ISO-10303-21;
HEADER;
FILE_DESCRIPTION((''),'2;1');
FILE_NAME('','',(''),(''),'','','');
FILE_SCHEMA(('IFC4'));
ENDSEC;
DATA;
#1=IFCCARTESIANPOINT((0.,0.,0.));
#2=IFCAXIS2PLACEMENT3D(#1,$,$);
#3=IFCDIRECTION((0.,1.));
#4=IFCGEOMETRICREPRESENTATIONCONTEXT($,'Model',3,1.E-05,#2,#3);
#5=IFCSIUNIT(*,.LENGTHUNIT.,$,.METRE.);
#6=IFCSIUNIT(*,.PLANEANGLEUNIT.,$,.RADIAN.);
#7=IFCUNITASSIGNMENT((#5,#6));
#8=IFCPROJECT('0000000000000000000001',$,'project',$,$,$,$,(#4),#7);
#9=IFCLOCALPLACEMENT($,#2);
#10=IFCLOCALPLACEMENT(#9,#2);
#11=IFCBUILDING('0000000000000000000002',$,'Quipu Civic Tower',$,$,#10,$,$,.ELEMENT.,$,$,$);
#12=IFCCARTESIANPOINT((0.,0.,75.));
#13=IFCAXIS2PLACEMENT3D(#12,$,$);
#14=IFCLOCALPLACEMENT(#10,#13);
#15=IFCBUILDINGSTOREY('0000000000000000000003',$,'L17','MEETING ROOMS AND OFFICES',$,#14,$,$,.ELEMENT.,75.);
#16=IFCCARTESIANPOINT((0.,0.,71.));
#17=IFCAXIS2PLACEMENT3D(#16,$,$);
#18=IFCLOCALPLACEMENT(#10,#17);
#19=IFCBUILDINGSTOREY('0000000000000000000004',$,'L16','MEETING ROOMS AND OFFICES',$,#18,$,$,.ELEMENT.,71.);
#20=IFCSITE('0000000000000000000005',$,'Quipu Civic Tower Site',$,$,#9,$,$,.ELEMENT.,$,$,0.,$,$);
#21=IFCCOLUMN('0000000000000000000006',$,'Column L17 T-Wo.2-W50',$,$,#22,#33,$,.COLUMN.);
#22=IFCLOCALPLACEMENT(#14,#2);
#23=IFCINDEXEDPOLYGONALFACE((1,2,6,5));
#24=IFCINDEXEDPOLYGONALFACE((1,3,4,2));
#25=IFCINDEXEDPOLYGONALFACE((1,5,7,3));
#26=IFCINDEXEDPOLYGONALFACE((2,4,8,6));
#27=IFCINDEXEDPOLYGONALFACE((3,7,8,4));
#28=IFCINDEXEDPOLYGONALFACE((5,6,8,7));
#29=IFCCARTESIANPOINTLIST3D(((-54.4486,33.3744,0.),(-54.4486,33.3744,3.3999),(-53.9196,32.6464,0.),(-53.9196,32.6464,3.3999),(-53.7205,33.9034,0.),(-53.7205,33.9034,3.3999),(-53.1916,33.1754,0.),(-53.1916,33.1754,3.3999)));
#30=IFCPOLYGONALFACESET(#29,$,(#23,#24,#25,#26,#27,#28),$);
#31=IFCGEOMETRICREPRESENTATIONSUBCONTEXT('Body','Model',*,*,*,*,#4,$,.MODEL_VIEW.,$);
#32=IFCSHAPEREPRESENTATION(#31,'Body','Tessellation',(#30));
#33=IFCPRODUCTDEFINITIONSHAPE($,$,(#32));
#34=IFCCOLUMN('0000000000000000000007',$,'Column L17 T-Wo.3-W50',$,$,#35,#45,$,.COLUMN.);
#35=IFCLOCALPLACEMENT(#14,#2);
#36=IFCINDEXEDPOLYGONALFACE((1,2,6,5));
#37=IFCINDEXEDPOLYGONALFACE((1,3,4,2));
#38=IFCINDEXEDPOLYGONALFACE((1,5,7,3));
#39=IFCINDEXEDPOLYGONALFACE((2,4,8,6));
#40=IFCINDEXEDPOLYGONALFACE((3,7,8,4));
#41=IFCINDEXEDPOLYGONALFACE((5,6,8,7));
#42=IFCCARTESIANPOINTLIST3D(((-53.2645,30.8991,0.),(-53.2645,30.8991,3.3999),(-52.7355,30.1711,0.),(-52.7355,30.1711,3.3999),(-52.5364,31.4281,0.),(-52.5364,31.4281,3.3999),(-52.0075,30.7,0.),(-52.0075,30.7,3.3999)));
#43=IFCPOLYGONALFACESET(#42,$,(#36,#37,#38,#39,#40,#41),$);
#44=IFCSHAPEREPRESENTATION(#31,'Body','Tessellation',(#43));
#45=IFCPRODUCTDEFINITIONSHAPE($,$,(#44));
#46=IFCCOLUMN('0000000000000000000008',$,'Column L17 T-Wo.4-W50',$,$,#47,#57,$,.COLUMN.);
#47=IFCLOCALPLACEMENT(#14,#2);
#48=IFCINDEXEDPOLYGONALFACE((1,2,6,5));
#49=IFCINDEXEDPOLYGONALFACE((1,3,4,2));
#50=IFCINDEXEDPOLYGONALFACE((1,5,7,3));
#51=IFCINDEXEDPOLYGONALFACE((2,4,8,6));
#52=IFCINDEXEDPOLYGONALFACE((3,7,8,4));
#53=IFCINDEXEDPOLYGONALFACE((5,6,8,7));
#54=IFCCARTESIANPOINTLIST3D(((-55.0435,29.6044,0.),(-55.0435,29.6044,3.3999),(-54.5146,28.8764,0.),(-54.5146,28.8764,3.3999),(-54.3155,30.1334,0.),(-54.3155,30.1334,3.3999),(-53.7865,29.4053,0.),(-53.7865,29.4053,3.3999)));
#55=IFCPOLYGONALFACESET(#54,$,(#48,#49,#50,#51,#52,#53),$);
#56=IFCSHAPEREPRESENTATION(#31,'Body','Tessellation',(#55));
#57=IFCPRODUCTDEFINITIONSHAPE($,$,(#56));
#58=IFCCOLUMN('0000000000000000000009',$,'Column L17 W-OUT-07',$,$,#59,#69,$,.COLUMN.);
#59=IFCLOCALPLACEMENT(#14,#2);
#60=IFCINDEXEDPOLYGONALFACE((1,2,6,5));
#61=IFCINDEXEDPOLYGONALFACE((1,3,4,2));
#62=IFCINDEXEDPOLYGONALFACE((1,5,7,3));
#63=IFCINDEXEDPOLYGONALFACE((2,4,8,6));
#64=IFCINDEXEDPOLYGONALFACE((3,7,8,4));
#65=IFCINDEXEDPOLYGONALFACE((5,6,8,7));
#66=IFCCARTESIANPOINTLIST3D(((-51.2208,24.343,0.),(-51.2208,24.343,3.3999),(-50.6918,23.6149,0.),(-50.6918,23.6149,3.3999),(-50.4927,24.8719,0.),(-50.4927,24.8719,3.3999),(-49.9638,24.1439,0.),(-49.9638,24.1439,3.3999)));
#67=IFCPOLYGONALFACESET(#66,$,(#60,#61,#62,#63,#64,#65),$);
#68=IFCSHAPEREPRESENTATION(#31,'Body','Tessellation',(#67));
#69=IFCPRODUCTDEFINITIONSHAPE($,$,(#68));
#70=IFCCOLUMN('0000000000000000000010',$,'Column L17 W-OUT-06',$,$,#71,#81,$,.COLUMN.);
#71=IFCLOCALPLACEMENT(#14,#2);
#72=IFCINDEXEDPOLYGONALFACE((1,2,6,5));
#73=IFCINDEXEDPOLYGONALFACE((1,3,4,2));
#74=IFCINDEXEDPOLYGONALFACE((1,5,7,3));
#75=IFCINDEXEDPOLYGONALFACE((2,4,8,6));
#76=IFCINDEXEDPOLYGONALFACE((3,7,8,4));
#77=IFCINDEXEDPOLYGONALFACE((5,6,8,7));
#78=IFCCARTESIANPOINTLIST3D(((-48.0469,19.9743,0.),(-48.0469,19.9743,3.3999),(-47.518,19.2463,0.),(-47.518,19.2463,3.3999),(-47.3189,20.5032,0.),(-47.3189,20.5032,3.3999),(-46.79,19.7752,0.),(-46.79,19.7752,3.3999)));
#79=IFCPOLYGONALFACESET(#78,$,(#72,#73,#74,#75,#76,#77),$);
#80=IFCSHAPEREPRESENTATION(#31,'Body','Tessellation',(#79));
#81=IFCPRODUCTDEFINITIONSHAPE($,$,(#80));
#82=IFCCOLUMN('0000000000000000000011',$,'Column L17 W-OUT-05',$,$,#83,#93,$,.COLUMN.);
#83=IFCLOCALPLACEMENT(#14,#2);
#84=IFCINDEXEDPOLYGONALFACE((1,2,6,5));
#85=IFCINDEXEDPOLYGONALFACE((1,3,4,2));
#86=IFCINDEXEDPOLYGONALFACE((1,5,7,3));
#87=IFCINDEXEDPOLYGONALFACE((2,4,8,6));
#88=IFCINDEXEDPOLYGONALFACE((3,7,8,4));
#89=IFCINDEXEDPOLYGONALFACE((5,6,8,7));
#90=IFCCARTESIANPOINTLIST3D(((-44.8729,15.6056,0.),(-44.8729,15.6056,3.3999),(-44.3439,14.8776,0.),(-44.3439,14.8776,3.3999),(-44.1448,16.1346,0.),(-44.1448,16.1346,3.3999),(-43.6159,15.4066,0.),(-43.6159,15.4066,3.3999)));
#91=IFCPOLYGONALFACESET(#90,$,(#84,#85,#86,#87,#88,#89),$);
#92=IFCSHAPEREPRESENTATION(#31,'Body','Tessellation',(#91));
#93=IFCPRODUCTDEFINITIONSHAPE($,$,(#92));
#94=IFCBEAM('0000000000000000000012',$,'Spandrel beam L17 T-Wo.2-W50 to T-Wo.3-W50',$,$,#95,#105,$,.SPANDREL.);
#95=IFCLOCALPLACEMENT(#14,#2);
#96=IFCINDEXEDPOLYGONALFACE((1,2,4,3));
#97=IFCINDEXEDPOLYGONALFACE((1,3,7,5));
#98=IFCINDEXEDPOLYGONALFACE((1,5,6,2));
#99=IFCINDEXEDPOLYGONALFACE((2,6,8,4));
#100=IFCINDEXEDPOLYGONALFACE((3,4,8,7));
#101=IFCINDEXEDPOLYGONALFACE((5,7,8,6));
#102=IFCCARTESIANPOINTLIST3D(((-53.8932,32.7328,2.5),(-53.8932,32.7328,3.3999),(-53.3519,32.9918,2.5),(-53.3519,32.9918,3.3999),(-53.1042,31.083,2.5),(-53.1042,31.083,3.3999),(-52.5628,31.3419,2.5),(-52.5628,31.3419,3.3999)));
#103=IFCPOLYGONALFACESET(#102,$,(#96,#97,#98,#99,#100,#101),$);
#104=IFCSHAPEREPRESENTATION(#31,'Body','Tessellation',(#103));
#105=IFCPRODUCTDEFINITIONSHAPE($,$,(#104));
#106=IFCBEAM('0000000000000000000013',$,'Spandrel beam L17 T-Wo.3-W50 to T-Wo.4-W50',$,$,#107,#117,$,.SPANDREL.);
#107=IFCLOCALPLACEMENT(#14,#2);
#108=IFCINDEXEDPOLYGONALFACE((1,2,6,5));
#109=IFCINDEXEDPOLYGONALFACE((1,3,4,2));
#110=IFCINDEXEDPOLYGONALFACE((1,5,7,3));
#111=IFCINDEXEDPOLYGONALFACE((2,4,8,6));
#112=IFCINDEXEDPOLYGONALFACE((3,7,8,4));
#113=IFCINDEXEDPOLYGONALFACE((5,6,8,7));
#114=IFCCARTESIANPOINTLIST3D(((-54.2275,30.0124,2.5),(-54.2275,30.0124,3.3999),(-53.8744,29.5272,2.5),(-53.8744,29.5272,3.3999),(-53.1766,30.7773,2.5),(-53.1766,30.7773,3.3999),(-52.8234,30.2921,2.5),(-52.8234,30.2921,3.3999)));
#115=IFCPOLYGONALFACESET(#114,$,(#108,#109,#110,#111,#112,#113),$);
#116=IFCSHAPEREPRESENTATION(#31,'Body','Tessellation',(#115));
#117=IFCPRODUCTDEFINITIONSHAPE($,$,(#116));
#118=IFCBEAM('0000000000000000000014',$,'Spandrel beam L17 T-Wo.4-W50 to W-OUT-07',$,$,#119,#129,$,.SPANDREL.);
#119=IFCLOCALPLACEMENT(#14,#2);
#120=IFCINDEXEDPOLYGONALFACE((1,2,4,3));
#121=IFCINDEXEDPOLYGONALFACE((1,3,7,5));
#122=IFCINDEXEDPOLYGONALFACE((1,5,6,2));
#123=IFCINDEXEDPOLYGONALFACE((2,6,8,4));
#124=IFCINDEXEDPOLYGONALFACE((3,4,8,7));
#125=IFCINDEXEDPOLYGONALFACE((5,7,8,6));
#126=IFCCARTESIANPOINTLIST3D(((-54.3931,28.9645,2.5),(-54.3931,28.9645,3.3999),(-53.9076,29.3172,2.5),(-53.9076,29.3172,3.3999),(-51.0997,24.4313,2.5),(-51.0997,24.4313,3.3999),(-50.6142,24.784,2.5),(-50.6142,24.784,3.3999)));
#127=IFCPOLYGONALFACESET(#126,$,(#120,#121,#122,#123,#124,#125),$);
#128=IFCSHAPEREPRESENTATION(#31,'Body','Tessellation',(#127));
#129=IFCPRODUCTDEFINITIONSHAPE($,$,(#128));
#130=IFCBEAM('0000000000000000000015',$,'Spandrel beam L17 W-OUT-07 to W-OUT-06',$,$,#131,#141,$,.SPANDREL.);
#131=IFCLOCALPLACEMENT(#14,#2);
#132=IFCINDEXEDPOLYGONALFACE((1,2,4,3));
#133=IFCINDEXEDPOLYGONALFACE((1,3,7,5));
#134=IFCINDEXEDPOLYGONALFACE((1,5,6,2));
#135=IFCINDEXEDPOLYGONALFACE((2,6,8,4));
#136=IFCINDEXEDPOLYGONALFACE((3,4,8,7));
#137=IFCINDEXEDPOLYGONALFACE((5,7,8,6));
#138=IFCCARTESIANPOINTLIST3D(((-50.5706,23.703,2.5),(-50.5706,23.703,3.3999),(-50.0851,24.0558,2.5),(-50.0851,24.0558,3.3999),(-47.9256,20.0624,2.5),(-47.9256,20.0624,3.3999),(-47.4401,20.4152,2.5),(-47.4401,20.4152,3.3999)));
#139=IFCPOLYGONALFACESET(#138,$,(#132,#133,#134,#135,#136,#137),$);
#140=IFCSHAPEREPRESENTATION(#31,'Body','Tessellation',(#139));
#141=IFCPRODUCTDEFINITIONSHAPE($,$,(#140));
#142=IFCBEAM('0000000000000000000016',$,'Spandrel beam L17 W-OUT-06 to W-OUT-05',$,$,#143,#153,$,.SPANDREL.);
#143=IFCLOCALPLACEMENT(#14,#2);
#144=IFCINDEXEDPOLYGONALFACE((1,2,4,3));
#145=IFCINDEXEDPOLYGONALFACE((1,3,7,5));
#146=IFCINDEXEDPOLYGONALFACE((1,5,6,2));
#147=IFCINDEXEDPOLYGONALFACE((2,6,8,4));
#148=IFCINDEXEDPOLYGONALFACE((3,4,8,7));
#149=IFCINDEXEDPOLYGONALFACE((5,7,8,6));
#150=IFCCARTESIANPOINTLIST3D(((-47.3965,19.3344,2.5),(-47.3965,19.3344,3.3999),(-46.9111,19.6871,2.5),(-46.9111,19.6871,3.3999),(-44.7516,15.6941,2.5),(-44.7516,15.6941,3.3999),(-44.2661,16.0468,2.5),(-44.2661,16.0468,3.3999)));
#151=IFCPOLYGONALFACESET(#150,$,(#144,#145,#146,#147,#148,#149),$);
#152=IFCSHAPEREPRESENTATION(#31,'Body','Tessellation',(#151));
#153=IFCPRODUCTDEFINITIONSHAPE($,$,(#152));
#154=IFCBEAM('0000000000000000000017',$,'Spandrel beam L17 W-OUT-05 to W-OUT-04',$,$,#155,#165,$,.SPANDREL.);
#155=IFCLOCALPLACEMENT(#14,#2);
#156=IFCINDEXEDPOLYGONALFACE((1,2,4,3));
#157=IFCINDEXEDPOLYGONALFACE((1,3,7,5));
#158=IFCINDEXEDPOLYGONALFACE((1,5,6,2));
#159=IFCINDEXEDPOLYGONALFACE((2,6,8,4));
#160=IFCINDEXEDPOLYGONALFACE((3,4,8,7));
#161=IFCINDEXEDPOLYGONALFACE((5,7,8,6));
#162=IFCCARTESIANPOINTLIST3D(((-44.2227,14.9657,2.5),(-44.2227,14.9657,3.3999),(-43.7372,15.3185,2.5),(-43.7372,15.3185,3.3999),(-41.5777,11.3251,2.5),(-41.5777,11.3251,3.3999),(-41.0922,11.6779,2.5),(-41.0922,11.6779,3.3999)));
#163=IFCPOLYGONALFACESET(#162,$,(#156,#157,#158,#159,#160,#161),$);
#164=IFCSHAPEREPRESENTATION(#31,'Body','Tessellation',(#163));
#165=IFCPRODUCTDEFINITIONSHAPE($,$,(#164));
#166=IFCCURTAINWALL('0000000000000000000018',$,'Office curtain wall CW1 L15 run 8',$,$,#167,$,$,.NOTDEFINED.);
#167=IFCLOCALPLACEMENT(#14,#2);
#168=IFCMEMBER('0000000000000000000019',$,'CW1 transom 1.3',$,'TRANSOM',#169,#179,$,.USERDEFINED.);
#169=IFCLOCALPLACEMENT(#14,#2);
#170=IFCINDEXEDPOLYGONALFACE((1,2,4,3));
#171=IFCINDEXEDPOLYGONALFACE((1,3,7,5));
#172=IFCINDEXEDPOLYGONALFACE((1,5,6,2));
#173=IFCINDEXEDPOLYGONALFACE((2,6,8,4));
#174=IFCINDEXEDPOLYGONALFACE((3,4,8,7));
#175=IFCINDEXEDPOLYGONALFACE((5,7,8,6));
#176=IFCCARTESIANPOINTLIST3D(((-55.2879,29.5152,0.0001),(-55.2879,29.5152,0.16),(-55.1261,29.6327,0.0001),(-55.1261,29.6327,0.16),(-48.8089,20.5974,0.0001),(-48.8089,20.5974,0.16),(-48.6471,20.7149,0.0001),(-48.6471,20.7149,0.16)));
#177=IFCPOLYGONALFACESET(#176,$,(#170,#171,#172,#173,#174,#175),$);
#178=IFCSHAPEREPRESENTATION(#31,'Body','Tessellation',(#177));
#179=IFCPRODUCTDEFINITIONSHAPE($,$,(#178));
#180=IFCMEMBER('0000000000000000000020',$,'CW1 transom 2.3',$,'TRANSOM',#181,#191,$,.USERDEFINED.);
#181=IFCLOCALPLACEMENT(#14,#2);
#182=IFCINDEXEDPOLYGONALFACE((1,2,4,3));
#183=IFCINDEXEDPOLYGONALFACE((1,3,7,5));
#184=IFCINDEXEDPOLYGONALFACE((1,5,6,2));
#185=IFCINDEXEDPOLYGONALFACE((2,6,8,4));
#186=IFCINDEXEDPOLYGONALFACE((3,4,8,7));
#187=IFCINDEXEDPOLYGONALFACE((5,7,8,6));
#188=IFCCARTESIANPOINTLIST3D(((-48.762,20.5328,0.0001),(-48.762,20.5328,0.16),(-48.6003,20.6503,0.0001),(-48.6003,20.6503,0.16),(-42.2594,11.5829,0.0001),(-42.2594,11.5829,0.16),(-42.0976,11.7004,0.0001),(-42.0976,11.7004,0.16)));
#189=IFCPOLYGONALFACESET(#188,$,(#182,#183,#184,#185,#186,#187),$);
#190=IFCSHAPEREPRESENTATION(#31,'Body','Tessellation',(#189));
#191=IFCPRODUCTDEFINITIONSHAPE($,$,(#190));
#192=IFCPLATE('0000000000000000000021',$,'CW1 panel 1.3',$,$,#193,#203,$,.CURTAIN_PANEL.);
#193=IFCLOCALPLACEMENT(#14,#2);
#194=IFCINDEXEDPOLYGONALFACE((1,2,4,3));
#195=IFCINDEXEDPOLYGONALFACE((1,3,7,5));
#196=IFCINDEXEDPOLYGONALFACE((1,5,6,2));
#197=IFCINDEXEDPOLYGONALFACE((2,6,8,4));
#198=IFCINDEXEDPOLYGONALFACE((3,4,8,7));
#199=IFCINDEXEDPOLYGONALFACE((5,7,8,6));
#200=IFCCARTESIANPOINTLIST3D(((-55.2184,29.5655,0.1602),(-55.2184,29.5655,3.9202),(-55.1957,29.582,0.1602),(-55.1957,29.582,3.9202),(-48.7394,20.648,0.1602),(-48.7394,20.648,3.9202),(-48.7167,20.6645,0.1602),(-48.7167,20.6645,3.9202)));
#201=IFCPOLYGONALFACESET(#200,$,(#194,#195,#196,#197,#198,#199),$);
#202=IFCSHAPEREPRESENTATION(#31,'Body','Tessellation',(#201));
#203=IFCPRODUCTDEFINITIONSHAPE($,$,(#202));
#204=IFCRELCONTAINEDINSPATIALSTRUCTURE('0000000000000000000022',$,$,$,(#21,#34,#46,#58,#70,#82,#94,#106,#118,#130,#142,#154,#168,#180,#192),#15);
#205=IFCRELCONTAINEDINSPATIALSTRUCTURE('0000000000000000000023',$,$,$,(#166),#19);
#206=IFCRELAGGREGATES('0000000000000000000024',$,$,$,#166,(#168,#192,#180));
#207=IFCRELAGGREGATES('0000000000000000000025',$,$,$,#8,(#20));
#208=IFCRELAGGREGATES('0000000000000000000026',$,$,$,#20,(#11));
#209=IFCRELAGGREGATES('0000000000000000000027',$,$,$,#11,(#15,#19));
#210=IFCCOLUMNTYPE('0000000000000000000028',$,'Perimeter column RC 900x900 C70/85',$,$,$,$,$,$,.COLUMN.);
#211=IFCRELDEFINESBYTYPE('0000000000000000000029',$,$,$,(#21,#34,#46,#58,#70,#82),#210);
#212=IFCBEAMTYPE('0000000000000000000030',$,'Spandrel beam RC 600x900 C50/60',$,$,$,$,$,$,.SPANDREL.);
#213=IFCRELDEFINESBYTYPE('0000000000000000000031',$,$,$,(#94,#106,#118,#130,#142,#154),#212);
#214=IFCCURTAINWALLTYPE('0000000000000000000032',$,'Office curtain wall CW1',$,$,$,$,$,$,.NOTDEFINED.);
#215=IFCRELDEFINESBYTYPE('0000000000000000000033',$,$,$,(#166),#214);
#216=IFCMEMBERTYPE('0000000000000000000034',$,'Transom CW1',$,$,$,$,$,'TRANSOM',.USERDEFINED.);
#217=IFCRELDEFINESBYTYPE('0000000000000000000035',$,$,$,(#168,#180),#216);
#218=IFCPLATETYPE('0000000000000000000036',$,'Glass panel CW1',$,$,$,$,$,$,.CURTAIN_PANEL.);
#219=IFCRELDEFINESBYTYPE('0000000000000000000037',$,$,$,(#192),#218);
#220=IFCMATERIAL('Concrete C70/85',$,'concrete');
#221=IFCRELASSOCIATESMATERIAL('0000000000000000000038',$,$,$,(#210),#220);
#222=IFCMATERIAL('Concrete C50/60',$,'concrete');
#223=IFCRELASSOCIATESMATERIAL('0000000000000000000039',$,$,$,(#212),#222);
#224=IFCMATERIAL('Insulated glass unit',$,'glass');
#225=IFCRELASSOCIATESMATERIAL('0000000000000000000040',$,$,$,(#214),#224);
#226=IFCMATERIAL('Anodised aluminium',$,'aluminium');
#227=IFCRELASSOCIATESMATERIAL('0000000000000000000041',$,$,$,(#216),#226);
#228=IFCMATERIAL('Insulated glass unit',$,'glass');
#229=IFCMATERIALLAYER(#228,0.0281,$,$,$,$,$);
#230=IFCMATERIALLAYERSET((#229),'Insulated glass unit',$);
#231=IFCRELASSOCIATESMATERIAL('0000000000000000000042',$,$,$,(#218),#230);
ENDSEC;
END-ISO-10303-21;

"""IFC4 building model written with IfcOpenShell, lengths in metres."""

from ifc_helpers import new_model, si_unit, direction, frame, origin, origin_2d, place, context, subcontext, project, spatial, rectangle, extrude, material, layer, layer_set, material_profile, profile_set, type_object, element, aggregate, save


model = new_model("IFC4")

# Units and contexts
model_context = context("Model", 3, precision=1e-05, world=origin(), true_north=direction((0.0, 1.0)))
body_context = subcontext(model_context, "Body", "Model", "MODEL_VIEW")
ifc_project = project(units=[si_unit("LENGTHUNIT", "METRE"), si_unit("PLANEANGLEUNIT", "RADIAN")], contexts=[model_context])

# Site, building, storey
site_placement = place(None, origin())
site = spatial("IfcSite", under=ifc_project, at=site_placement, Name="Quipu Civic Tower Site", CompositionType="ELEMENT", RefElevation=0.0)
building_placement = place(site_placement, origin())
building = spatial("IfcBuilding", under=site, at=building_placement, Name="Quipu Civic Tower", CompositionType="ELEMENT")
storey_1_placement = place(building_placement, frame((0.0, 0.0, 75.0)))
storey_1 = spatial("IfcBuildingStorey", under=building, at=storey_1_placement, Name="L17", Description="MEETING ROOMS AND OFFICES", CompositionType="ELEMENT", Elevation=75.0)

# Columns
ifc_material_1 = material(Name="Concrete C70/85", Category="concrete")
ifc_material_profile_1 = material_profile(ifc_material_1, rectangle(XDim=0.8999, YDim=0.8999, at=origin_2d()), Name="RC900x900")
ifc_profile_set_1 = profile_set([ifc_material_profile_1], Name="Concrete C70/85")
column_type = type_object("IfcColumnType", Name="Perimeter column RC 900x900 C70/85", PredefinedType="COLUMN", material=ifc_profile_set_1)
for number, where, z_axis, x_axis, name in (
    (1, (-53.8201, 33.2749, 0.0), (0.0, 0.0, 1.0), (0.587785, -0.809017, 0.0), "Column L17 T-Wo.2-W50"),
    (2, (-52.636, 30.7996, 0.0), (0.0, 0.0, 1.0), (-0.809017, -0.587785, 0.0), "Column L17 T-Wo.3-W50"),
    (3, (-54.415, 29.5049, 0.0), (0.0, 0.0, 1.0), (0.587785, -0.809017, 0.0), "Column L17 T-Wo.4-W50"),
    (4, (-50.5923, 24.2434, 0.0), (0.0, 0.0, 1.0), (0.587785, -0.809017, 0.0), "Column L17 W-OUT-07"),
    (5, (-47.4185, 19.8748, 0.0), (0.0, 0.0, 1.0), (0.587785, -0.809017, 0.0), "Column L17 W-OUT-06"),
    (6, (-44.2444, 15.5061, 0.0), (0.0, 0.0, 1.0), (0.587785, -0.809017, 0.0), "Column L17 W-OUT-05"),
):
    element("IfcColumn", number, at=place(storey_1_placement, frame(where, z_axis=z_axis, x_axis=x_axis)), inside=storey_1, type_object=column_type, Name=name, PredefinedType="COLUMN", context=body_context, shape_type="SweptSolid", body=[
        extrude(rectangle(XDim=0.8999, YDim=0.8999, at=origin_2d()), origin(), (0.0, 0.0, 1.0), 3.3999),
    ])

# Beams
ifc_material_2 = material(Name="Concrete C50/60", Category="concrete")
ifc_material_profile_2 = material_profile(ifc_material_2, rectangle(XDim=0.6001, YDim=0.8999, at=origin_2d()), Name="RC600x900")
ifc_profile_set_2 = profile_set([ifc_material_profile_2], Name="Concrete C50/60")
beam_type = type_object("IfcBeamType", Name="Spandrel beam RC 600x900 C50/60", PredefinedType="SPANDREL", material=ifc_profile_set_2)
beam_1_placement = place(storey_1_placement, frame((-53.6226, 32.8623, 2.95), z_axis=(0.431446, -0.902139, 0.0), x_axis=(0.902139, 0.431446, 0.0)))
element("IfcBeam", 7, at=beam_1_placement, inside=storey_1, type_object=beam_type, Name="Spandrel beam L17 T-Wo.2-W50 to T-Wo.3-W50", PredefinedType="SPANDREL", context=body_context, shape_type="SweptSolid", body=[
    extrude(rectangle(XDim=0.6001, YDim=0.8999, at=origin_2d()), origin(), (0.0, 0.0, 1.0), 1.8289),
])
beam_2_placement = place(storey_1_placement, frame((-53.0, 30.5347, 2.95), z_axis=(-0.808549, -0.588429, 0.0), x_axis=(0.588429, -0.808549, 0.0)))
element("IfcBeam", 8, at=beam_2_placement, inside=storey_1, type_object=beam_type, Name="Spandrel beam L17 T-Wo.3-W50 to T-Wo.4-W50", PredefinedType="SPANDREL", context=body_context, shape_type="SweptSolid", body=[
    extrude(rectangle(XDim=0.6001, YDim=0.8999, at=origin_2d()), origin(), (0.0, 0.0, 1.0), 1.2998),
])
beam_3_placement = place(storey_1_placement, frame((-54.1504, 29.1409, 2.95), z_axis=(0.587773, -0.809026, 0.0), x_axis=(0.809026, 0.587773, 0.0)))
element("IfcBeam", 9, at=beam_3_placement, inside=storey_1, type_object=beam_type, Name="Spandrel beam L17 T-Wo.4-W50 to W-OUT-07", PredefinedType="SPANDREL", context=body_context, shape_type="SweptSolid", body=[
    extrude(rectangle(XDim=0.6001, YDim=0.8999, at=origin_2d()), origin(), (0.0, 0.0, 1.0), 5.6033),
])
beam_4_placement = place(storey_1_placement, frame((-50.3279, 23.8794, 2.95), z_axis=(0.587778, -0.809022, 0.0), x_axis=(0.809022, 0.587778, 0.0)))
element("IfcBeam", 10, at=beam_4_placement, inside=storey_1, type_object=beam_type, Name="Spandrel beam L17 W-OUT-07 to W-OUT-06", PredefinedType="SPANDREL", context=body_context, shape_type="SweptSolid", body=[
    extrude(rectangle(XDim=0.6001, YDim=0.8999, at=origin_2d()), origin(), (0.0, 0.0, 1.0), 4.5),
])
beam_5_placement = place(storey_1_placement, frame((-47.1538, 19.5107, 2.95), z_axis=(0.587804, -0.809003, 0.0), x_axis=(0.809003, 0.587804, 0.0)))
element("IfcBeam", 11, at=beam_5_placement, inside=storey_1, type_object=beam_type, Name="Spandrel beam L17 W-OUT-06 to W-OUT-05", PredefinedType="SPANDREL", context=body_context, shape_type="SweptSolid", body=[
    extrude(rectangle(XDim=0.6001, YDim=0.8999, at=origin_2d()), origin(), (0.0, 0.0, 1.0), 4.4998),
])
beam_6_placement = place(storey_1_placement, frame((-43.98, 15.1421, 2.95), z_axis=(0.587778, -0.809022, 0.0), x_axis=(0.809022, 0.587778, 0.0)))
element("IfcBeam", 12, at=beam_6_placement, inside=storey_1, type_object=beam_type, Name="Spandrel beam L17 W-OUT-05 to W-OUT-04", PredefinedType="SPANDREL", context=body_context, shape_type="SweptSolid", body=[
    extrude(rectangle(XDim=0.6001, YDim=0.8999, at=origin_2d()), origin(), (0.0, 0.0, 1.0), 4.5),
])

# Shared definitions
storey_2_placement = place(building_placement, frame((0.0, 0.0, 71.0)))
storey_2 = spatial("IfcBuildingStorey", under=building, at=storey_2_placement, Name="L16", Description="MEETING ROOMS AND OFFICES", CompositionType="ELEMENT", Elevation=71.0)

# Curtain wall, members, plate
ifc_material_3 = material(Name="Insulated glass unit", Category="glass")
curtain_wall_type = type_object("IfcCurtainWallType", Name="Office curtain wall CW1", PredefinedType="NOTDEFINED", material=ifc_material_3)
curtain_wall_placement = place(storey_2_placement, origin())
curtain_wall = element("IfcCurtainWall", 13, at=curtain_wall_placement, inside=storey_2, type_object=curtain_wall_type, Name="Office curtain wall CW1 L15 run 8", PredefinedType="NOTDEFINED")
ifc_material_4 = material(Name="Anodised aluminium", Category="aluminium")
ifc_material_profile_3 = material_profile(ifc_material_4, rectangle(XDim=0.2, YDim=0.1599, at=origin_2d()), Name="RECT 200x160")
ifc_profile_set_3 = profile_set([ifc_material_profile_3], Name="Anodised aluminium")
member_type = type_object("IfcMemberType", Name="Transom CW1", ElementType="TRANSOM", PredefinedType="USERDEFINED", material=ifc_profile_set_3)
member_1_placement = place(storey_1_placement, frame((-55.207, 29.574, 0.0801), z_axis=(0.587779, -0.809021, 0.0), x_axis=(0.809021, 0.587779, 0.0)))
member_1 = element("IfcMember", 14, at=member_1_placement, inside=storey_1, type_object=member_type, Name="CW1 transom 1.3", ObjectType="TRANSOM", PredefinedType="USERDEFINED", context=body_context, shape_type="SweptSolid", body=[
    extrude(rectangle(XDim=0.2, YDim=0.1599, at=origin_2d()), origin(), (0.0, 0.0, 1.0), 11.0229),
])
member_2_placement = place(storey_1_placement, frame((-48.6812, 20.5916, 0.0801), z_axis=(0.587795, -0.80901, 0.0), x_axis=(0.80901, 0.587795, 0.0)))
member_2 = element("IfcMember", 15, at=member_2_placement, inside=storey_1, type_object=member_type, Name="CW1 transom 2.3", ObjectType="TRANSOM", PredefinedType="USERDEFINED", context=body_context, shape_type="SweptSolid", body=[
    extrude(rectangle(XDim=0.2, YDim=0.1599, at=origin_2d()), origin(), (0.0, 0.0, 1.0), 11.0627),
])
ifc_material_5 = material(Name="Insulated glass unit", Category="glass")
ifc_layer_1 = layer(ifc_material_5, 0.0281)
ifc_layer_set_1 = layer_set([ifc_layer_1], Name="Insulated glass unit")
plate_type_1 = type_object("IfcPlateType", Name="Glass panel CW1", PredefinedType="CURTAIN_PANEL", material=ifc_layer_set_1)
plate_1_placement = place(storey_1_placement, frame((-51.9675, 25.115, 0.1602), z_axis=(0.0, 0.0, 1.0), x_axis=(0.587786, -0.809017, 0.0)))
plate_1 = element("IfcPlate", 16, at=plate_1_placement, inside=storey_1, type_object=plate_type_1, Name="CW1 panel 1.3", PredefinedType="CURTAIN_PANEL", context=body_context, shape_type="SweptSolid", body=[
    extrude(rectangle(XDim=11.0227, YDim=0.0281, at=origin_2d()), origin(), (0.0, 0.0, 1.0), 3.76),
])
aggregate(curtain_wall, [member_1, plate_1, member_2])

save(model, "model.ifc")
